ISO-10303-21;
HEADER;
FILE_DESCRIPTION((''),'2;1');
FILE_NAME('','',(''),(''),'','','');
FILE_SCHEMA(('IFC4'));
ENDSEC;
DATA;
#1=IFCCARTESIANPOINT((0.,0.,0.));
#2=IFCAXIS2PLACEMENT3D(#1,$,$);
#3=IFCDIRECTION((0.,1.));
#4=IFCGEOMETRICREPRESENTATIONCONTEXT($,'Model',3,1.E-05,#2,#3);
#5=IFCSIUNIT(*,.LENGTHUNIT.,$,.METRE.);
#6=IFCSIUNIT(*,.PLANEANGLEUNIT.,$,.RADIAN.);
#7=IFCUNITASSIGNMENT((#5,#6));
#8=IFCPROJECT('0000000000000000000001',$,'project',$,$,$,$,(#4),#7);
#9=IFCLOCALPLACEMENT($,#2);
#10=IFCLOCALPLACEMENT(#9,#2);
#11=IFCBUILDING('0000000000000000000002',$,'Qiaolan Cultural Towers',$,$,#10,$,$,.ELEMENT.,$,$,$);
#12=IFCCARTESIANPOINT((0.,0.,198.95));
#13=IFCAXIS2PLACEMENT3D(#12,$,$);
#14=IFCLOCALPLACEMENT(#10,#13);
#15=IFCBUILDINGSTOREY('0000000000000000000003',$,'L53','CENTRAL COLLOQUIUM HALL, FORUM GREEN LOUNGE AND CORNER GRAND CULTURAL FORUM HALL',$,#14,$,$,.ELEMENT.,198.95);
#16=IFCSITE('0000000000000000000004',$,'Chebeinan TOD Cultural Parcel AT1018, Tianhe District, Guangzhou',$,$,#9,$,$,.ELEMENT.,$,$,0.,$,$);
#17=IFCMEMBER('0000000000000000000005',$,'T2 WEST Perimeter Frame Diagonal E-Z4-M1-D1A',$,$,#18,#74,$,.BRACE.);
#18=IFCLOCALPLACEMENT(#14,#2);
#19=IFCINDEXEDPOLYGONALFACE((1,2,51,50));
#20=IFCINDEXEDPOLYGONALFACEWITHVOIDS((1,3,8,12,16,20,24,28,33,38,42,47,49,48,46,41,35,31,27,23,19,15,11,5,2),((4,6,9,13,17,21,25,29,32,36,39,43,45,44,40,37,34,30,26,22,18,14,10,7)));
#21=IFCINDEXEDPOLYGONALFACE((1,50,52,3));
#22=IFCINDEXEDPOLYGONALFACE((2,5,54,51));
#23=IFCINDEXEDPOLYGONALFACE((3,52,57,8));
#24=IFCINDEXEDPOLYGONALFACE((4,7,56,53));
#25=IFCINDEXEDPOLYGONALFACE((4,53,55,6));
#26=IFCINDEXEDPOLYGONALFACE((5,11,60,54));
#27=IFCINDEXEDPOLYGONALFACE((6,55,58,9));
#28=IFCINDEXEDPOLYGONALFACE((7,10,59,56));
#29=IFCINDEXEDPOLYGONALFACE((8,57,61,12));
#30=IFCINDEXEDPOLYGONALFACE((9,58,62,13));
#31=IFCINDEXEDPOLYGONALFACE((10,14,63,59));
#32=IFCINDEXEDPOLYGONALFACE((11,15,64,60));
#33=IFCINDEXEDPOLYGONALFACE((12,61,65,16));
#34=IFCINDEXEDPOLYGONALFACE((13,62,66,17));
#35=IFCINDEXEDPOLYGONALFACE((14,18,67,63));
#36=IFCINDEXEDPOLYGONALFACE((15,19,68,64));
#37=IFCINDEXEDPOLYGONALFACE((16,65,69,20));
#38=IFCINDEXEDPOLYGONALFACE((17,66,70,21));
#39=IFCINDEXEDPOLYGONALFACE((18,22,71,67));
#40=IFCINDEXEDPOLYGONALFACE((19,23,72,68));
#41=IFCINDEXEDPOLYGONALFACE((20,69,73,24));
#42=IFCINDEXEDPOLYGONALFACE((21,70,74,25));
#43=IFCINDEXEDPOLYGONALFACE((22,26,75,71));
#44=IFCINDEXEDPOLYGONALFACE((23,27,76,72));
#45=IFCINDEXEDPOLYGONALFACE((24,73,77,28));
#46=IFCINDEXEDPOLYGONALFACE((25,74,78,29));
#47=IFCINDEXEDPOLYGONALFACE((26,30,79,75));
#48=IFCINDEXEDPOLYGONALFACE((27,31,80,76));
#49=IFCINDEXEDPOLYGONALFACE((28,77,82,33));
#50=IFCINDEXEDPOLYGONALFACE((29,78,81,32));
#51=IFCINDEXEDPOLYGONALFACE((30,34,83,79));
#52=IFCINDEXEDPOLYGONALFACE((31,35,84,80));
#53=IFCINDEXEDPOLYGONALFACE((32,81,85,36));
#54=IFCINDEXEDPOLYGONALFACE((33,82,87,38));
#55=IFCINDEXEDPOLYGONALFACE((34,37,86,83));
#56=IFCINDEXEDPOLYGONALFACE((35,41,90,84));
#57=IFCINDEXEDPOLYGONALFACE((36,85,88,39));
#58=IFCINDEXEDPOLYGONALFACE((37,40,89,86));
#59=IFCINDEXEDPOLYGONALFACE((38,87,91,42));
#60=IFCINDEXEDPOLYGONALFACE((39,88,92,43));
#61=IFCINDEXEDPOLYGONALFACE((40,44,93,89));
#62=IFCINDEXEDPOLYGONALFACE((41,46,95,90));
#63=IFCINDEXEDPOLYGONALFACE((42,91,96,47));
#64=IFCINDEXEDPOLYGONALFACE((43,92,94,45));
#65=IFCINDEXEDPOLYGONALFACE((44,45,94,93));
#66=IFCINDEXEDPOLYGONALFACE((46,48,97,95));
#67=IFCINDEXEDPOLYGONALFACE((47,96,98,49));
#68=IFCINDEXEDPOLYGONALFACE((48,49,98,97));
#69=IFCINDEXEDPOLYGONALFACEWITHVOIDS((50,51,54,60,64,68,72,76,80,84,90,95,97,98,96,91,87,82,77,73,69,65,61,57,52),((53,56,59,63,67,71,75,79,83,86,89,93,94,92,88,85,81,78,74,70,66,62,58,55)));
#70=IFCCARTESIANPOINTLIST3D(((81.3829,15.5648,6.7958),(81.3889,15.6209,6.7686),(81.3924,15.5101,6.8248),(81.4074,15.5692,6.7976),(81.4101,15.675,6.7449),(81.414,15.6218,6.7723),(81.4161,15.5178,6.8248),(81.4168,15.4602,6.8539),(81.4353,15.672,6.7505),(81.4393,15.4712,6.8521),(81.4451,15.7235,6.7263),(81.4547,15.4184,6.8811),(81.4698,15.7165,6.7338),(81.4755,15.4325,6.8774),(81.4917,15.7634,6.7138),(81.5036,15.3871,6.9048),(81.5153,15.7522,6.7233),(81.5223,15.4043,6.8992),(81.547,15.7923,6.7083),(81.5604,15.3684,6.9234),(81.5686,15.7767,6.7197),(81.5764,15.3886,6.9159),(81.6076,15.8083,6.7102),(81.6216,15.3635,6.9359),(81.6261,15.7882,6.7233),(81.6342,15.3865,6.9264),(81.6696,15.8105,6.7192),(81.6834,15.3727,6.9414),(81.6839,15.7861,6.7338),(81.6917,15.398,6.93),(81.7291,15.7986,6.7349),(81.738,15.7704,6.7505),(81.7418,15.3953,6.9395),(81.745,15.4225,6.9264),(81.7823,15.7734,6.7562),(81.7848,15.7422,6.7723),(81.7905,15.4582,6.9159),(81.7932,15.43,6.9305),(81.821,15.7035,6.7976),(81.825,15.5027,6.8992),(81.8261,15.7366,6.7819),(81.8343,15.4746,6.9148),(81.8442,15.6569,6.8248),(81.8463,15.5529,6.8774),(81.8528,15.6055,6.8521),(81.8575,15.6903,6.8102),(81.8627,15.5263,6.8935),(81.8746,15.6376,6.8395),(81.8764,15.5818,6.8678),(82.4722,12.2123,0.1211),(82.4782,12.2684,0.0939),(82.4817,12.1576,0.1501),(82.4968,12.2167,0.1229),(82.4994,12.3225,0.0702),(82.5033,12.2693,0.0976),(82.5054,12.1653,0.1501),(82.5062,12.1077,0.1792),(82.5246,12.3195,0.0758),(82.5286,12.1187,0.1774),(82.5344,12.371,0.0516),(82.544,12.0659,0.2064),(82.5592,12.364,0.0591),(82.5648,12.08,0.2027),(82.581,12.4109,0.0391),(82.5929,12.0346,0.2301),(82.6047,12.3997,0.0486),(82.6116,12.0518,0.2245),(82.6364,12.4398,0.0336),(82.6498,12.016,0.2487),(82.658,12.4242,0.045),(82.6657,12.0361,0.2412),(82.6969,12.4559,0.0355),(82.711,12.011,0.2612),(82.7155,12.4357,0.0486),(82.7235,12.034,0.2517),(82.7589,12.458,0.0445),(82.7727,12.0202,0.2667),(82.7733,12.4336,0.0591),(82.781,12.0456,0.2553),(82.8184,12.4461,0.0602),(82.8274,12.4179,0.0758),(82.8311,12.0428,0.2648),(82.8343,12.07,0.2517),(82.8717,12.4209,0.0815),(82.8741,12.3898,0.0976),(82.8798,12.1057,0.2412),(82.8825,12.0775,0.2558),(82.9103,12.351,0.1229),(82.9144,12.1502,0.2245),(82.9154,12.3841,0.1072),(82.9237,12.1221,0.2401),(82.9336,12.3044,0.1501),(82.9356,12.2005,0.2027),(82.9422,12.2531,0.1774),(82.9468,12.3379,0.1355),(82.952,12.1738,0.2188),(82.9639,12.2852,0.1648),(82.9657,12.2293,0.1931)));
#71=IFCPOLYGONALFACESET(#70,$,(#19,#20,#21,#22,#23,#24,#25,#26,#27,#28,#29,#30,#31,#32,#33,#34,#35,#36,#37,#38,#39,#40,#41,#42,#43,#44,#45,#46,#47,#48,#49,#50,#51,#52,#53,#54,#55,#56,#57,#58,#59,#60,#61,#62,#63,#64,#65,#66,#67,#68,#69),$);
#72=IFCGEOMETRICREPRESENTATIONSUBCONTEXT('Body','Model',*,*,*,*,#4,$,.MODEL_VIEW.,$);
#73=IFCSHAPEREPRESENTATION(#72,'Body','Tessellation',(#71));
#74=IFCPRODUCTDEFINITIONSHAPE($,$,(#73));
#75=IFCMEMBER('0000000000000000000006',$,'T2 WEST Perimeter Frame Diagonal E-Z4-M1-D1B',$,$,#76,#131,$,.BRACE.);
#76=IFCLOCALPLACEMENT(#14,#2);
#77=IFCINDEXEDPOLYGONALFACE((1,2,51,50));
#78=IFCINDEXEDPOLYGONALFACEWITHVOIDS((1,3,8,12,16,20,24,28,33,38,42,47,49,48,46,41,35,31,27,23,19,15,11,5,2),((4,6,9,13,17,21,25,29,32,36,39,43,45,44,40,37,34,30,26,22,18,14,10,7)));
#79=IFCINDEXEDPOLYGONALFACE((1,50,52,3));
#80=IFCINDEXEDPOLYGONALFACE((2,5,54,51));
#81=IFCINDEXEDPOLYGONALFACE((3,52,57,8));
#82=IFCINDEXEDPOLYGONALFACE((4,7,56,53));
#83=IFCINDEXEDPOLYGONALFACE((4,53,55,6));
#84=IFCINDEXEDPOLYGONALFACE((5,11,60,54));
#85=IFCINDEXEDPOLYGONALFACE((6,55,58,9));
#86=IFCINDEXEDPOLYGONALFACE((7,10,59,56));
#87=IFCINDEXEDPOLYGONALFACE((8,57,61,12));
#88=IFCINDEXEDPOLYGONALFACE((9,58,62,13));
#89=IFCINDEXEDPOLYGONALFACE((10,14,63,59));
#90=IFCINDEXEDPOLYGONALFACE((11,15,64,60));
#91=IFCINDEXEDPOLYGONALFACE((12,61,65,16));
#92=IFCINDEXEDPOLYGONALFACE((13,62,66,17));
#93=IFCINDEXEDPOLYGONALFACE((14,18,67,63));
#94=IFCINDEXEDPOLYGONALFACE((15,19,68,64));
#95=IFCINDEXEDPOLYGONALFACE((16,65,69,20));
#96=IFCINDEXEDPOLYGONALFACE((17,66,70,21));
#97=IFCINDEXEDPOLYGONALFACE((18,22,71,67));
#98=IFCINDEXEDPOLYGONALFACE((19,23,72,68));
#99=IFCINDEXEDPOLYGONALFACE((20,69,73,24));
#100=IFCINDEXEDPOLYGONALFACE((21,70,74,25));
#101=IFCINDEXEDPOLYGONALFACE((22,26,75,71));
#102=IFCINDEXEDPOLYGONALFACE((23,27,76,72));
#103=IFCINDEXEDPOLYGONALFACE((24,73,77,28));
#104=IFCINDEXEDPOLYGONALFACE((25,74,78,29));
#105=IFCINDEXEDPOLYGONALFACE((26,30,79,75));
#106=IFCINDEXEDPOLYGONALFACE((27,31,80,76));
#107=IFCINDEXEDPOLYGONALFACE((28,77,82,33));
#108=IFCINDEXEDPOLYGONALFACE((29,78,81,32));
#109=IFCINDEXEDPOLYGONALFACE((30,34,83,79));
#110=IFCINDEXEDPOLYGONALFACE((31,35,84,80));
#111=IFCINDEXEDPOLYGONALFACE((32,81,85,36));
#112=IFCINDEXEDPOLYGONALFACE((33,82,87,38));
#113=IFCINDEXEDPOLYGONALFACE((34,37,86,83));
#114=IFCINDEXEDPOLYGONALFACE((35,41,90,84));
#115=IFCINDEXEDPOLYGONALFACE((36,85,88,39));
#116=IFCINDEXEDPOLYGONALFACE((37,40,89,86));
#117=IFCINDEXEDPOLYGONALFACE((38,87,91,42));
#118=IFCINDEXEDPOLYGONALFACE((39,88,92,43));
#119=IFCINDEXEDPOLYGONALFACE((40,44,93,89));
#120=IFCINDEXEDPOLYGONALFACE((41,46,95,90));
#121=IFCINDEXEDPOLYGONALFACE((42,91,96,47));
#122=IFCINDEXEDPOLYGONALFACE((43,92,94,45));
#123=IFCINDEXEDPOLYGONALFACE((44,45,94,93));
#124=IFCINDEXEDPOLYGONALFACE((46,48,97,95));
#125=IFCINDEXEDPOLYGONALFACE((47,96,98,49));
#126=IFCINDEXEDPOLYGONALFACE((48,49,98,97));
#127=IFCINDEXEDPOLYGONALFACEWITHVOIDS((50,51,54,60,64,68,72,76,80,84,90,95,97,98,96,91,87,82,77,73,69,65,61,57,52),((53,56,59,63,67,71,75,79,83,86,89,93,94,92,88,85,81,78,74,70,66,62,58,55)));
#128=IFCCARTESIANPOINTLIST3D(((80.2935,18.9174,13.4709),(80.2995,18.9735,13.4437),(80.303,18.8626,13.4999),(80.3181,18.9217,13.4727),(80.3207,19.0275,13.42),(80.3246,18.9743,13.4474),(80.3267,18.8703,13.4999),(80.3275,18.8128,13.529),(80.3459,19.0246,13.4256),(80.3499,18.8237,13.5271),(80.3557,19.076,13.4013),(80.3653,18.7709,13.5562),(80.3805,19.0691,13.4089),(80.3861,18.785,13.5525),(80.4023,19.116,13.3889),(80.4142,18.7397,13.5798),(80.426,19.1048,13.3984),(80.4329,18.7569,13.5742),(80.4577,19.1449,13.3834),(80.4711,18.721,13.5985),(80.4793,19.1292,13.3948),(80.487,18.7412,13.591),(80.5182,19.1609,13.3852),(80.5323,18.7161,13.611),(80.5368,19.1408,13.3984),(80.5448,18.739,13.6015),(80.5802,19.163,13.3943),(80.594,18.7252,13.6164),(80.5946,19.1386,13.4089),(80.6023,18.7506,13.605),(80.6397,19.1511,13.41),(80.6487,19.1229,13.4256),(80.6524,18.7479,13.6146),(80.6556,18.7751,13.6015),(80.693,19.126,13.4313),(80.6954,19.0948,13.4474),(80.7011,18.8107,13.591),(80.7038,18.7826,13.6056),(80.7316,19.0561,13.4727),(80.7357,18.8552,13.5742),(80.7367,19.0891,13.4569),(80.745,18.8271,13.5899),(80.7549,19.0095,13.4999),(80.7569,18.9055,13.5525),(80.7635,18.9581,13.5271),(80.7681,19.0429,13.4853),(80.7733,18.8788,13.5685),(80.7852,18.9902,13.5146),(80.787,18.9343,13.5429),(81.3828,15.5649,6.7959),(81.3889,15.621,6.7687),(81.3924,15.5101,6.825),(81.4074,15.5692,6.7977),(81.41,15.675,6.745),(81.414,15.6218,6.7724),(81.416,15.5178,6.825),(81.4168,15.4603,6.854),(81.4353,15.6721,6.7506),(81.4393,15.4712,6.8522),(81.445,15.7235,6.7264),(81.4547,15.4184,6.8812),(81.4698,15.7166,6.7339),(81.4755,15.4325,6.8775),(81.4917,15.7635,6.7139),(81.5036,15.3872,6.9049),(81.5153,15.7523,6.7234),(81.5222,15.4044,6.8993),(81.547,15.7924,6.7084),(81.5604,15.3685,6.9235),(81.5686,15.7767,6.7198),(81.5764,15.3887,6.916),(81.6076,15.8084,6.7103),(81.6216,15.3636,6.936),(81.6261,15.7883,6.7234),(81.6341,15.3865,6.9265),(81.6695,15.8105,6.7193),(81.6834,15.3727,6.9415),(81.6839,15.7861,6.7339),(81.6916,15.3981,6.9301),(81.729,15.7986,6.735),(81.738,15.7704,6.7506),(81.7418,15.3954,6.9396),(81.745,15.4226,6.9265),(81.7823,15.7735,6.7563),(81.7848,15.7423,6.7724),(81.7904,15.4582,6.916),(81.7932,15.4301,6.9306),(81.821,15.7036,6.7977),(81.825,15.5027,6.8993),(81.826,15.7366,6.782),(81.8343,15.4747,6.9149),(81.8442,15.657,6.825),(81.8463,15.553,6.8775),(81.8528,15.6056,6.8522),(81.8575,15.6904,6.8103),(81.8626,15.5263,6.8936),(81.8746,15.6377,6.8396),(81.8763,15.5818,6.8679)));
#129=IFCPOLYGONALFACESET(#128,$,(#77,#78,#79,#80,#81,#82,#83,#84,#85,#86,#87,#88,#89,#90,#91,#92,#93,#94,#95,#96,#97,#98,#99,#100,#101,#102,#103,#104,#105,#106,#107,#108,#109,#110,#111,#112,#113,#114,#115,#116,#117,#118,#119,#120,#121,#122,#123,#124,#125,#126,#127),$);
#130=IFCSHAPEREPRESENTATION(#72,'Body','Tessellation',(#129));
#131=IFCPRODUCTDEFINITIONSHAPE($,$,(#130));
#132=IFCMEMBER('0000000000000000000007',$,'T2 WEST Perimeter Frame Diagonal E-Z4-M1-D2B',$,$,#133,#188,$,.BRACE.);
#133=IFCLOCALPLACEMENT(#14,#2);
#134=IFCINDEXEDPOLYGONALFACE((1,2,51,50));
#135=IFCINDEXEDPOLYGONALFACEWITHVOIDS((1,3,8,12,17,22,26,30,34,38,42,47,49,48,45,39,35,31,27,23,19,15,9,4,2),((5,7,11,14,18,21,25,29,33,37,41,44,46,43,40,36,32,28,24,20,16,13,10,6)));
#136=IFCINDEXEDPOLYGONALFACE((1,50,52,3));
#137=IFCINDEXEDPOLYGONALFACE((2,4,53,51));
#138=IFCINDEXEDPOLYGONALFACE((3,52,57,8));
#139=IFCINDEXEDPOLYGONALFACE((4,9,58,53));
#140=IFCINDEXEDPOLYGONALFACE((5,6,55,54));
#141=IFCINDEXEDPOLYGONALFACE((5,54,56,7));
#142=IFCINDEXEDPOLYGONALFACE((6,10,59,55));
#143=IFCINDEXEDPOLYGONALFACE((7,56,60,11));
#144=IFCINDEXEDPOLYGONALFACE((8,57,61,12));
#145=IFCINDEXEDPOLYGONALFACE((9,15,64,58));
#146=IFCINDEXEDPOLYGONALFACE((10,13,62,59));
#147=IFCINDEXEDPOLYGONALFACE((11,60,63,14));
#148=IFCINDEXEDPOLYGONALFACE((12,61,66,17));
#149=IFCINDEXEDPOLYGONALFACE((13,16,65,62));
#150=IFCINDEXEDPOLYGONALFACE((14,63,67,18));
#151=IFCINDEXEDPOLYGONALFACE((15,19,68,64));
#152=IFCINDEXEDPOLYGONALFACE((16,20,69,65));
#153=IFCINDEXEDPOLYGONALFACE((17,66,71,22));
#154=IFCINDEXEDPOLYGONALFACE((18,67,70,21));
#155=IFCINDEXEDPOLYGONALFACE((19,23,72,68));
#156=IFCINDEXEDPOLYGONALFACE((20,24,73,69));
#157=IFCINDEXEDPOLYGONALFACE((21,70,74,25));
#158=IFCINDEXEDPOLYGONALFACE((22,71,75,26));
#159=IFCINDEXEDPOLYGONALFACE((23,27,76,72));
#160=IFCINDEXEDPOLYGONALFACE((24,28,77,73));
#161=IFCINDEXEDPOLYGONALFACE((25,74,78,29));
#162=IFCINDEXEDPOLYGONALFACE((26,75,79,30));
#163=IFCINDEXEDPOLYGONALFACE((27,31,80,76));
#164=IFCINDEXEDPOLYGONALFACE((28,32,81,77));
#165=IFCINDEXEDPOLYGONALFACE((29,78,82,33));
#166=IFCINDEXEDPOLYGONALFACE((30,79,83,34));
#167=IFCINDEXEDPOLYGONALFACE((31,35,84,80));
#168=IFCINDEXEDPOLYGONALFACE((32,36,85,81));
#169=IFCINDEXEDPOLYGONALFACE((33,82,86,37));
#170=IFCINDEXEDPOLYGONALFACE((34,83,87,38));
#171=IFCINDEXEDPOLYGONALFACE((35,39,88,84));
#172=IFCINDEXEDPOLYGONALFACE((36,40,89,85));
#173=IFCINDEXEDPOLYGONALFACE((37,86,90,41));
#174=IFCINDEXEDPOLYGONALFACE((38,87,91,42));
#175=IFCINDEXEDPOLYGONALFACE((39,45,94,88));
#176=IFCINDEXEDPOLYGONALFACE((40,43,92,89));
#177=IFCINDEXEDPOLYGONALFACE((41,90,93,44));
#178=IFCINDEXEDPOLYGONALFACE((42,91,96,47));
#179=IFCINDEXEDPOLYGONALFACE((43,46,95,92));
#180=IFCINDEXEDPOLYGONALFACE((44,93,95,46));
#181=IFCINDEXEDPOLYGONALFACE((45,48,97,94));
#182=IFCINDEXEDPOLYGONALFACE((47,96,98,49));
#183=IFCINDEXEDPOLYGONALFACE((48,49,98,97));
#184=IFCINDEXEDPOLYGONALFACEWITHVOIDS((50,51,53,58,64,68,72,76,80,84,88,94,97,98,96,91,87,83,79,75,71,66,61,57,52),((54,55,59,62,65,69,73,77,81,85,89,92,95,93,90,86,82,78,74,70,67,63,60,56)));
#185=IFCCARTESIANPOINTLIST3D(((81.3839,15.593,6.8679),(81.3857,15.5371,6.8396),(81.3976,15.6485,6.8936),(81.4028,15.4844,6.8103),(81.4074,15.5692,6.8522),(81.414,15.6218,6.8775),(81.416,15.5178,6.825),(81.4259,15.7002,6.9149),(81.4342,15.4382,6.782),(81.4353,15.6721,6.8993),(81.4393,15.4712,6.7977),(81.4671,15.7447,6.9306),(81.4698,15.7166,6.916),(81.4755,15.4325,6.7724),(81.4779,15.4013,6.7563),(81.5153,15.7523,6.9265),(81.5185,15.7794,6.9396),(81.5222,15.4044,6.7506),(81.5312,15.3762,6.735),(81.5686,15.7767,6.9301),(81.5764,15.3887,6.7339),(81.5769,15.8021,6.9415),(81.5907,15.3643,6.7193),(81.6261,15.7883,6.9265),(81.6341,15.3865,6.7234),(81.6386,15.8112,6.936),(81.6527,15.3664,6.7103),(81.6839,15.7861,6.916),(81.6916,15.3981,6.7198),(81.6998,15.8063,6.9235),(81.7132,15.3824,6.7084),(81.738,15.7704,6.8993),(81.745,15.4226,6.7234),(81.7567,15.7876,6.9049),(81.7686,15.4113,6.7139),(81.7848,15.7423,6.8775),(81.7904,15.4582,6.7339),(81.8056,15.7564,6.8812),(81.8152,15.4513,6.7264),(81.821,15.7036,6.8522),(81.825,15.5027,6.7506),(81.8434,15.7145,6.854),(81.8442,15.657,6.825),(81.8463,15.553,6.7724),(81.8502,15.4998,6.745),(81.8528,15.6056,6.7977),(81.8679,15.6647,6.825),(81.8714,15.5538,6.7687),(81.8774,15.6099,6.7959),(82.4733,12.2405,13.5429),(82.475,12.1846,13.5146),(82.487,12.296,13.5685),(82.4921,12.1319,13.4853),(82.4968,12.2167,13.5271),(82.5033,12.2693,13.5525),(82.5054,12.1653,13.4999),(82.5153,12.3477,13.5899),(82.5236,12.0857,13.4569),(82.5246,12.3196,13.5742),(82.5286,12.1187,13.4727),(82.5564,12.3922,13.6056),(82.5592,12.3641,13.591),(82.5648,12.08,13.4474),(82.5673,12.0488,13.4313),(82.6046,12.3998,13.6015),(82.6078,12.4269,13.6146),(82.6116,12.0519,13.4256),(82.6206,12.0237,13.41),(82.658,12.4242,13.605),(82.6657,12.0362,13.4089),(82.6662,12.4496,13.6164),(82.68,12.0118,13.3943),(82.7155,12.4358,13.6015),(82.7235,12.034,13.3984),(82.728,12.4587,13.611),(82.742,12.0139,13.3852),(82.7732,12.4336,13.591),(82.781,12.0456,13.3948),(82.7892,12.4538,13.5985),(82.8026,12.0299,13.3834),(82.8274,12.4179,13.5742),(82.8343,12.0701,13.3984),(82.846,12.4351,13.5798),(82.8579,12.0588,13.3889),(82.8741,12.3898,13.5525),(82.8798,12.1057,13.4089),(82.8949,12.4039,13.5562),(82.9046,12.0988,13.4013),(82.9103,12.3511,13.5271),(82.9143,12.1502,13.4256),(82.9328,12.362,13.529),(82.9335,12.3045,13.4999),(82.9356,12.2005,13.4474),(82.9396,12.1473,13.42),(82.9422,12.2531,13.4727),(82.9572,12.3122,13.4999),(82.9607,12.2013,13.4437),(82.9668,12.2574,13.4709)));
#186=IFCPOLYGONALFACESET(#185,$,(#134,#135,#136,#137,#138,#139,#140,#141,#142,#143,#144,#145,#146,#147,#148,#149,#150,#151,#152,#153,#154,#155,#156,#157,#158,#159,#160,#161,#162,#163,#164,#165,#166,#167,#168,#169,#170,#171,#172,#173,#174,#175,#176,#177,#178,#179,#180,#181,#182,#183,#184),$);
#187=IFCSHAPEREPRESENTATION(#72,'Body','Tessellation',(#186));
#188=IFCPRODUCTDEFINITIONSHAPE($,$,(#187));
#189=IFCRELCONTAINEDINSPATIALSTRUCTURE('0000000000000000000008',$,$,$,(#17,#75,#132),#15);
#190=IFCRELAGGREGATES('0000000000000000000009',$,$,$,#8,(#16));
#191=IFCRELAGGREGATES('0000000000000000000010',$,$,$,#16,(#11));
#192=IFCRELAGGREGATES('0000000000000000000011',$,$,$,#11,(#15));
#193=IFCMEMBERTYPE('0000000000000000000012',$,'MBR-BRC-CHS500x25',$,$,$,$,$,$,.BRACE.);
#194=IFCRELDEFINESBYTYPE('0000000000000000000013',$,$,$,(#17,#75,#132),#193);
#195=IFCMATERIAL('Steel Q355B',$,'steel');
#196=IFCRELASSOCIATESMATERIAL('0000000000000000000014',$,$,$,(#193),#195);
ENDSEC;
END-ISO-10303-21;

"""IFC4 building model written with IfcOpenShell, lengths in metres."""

from ifc_helpers import new_model, si_unit, direction, frame, origin, origin_2d, place, context, subcontext, project, spatial, hollow_circle, extrude, material, material_profile, profile_set, type_object, element, save


model = new_model("IFC4")

# Units and contexts
model_context = context("Model", 3, precision=1e-05, world=origin(), true_north=direction((0.0, 1.0)))
body_context = subcontext(model_context, "Body", "Model", "MODEL_VIEW")
ifc_project = project(units=[si_unit("LENGTHUNIT", "METRE"), si_unit("PLANEANGLEUNIT", "RADIAN")], contexts=[model_context])

# Site, building, storey
site_placement = place(None, origin())
site = spatial("IfcSite", under=ifc_project, at=site_placement, Name="Chebeinan TOD Cultural Parcel AT1018, Tianhe District, Guangzhou", CompositionType="ELEMENT", RefElevation=0.0)
building_placement = place(site_placement, origin())
building = spatial("IfcBuilding", under=site, at=building_placement, Name="Qiaolan Cultural Towers", CompositionType="ELEMENT")
storey_placement = place(building_placement, frame((0.0, 0.0, 198.95)))
storey = spatial("IfcBuildingStorey", under=building, at=storey_placement, Name="L53", Description="CENTRAL COLLOQUIUM HALL, FORUM GREEN LOUNGE AND CORNER GRAND CULTURAL FORUM HALL", CompositionType="ELEMENT", Elevation=198.95)

# Members
ifc_material_1 = material(Name="Steel Q355B", Category="steel")
ifc_material_profile_1 = material_profile(ifc_material_1, hollow_circle(Radius=0.25, WallThickness=0.0249, at=origin_2d()), Name="CHS500x25")
ifc_profile_set_1 = profile_set([ifc_material_profile_1], Name="Steel Q355B")
member_type = type_object("IfcMemberType", Name="MBR-BRC-CHS500x25", PredefinedType="BRACE", material=ifc_profile_set_1)
member_1_placement = place(storey_placement, frame((82.7195, 12.2349, 0.1501), z_axis=(-0.144315, 0.444136, 0.884261), x_axis=(-0.951052, -0.30903, 0.0)))
element("IfcMember", 1, at=member_1_placement, inside=storey, type_object=member_type, Name="T2 WEST Perimeter Frame Diagonal E-Z4-M1-D1A", PredefinedType="BRACE", context=body_context, shape_type="SweptSolid", body=[
    extrude(hollow_circle(Radius=0.25, WallThickness=0.0249, at=origin_2d()), origin(), (0.0, 0.0, 1.0), 7.5483),
])
for number, where, z_axis, x_axis, name in (
    (2, (81.6301, 15.5874, 6.825), (-0.144311, 0.444123, 0.884268), (-0.951052, -0.30903, 0.0), "T2 WEST Perimeter Frame Diagonal E-Z4-M1-D1B"),
    (3, (81.6301, 15.5874, 6.825), (0.144311, -0.444123, 0.884268), (0.951052, 0.30903, 0.0), "T2 WEST Perimeter Frame Diagonal E-Z4-M1-D2B"),
):
    element("IfcMember", number, at=place(storey_placement, frame(where, z_axis=z_axis, x_axis=x_axis)), inside=storey, type_object=member_type, Name=name, PredefinedType="BRACE", context=body_context, shape_type="SweptSolid", body=[
        extrude(hollow_circle(Radius=0.25, WallThickness=0.0249, at=origin_2d()), origin(), (0.0, 0.0, 1.0), 7.5486),
    ])

save(model, "model.ifc")
